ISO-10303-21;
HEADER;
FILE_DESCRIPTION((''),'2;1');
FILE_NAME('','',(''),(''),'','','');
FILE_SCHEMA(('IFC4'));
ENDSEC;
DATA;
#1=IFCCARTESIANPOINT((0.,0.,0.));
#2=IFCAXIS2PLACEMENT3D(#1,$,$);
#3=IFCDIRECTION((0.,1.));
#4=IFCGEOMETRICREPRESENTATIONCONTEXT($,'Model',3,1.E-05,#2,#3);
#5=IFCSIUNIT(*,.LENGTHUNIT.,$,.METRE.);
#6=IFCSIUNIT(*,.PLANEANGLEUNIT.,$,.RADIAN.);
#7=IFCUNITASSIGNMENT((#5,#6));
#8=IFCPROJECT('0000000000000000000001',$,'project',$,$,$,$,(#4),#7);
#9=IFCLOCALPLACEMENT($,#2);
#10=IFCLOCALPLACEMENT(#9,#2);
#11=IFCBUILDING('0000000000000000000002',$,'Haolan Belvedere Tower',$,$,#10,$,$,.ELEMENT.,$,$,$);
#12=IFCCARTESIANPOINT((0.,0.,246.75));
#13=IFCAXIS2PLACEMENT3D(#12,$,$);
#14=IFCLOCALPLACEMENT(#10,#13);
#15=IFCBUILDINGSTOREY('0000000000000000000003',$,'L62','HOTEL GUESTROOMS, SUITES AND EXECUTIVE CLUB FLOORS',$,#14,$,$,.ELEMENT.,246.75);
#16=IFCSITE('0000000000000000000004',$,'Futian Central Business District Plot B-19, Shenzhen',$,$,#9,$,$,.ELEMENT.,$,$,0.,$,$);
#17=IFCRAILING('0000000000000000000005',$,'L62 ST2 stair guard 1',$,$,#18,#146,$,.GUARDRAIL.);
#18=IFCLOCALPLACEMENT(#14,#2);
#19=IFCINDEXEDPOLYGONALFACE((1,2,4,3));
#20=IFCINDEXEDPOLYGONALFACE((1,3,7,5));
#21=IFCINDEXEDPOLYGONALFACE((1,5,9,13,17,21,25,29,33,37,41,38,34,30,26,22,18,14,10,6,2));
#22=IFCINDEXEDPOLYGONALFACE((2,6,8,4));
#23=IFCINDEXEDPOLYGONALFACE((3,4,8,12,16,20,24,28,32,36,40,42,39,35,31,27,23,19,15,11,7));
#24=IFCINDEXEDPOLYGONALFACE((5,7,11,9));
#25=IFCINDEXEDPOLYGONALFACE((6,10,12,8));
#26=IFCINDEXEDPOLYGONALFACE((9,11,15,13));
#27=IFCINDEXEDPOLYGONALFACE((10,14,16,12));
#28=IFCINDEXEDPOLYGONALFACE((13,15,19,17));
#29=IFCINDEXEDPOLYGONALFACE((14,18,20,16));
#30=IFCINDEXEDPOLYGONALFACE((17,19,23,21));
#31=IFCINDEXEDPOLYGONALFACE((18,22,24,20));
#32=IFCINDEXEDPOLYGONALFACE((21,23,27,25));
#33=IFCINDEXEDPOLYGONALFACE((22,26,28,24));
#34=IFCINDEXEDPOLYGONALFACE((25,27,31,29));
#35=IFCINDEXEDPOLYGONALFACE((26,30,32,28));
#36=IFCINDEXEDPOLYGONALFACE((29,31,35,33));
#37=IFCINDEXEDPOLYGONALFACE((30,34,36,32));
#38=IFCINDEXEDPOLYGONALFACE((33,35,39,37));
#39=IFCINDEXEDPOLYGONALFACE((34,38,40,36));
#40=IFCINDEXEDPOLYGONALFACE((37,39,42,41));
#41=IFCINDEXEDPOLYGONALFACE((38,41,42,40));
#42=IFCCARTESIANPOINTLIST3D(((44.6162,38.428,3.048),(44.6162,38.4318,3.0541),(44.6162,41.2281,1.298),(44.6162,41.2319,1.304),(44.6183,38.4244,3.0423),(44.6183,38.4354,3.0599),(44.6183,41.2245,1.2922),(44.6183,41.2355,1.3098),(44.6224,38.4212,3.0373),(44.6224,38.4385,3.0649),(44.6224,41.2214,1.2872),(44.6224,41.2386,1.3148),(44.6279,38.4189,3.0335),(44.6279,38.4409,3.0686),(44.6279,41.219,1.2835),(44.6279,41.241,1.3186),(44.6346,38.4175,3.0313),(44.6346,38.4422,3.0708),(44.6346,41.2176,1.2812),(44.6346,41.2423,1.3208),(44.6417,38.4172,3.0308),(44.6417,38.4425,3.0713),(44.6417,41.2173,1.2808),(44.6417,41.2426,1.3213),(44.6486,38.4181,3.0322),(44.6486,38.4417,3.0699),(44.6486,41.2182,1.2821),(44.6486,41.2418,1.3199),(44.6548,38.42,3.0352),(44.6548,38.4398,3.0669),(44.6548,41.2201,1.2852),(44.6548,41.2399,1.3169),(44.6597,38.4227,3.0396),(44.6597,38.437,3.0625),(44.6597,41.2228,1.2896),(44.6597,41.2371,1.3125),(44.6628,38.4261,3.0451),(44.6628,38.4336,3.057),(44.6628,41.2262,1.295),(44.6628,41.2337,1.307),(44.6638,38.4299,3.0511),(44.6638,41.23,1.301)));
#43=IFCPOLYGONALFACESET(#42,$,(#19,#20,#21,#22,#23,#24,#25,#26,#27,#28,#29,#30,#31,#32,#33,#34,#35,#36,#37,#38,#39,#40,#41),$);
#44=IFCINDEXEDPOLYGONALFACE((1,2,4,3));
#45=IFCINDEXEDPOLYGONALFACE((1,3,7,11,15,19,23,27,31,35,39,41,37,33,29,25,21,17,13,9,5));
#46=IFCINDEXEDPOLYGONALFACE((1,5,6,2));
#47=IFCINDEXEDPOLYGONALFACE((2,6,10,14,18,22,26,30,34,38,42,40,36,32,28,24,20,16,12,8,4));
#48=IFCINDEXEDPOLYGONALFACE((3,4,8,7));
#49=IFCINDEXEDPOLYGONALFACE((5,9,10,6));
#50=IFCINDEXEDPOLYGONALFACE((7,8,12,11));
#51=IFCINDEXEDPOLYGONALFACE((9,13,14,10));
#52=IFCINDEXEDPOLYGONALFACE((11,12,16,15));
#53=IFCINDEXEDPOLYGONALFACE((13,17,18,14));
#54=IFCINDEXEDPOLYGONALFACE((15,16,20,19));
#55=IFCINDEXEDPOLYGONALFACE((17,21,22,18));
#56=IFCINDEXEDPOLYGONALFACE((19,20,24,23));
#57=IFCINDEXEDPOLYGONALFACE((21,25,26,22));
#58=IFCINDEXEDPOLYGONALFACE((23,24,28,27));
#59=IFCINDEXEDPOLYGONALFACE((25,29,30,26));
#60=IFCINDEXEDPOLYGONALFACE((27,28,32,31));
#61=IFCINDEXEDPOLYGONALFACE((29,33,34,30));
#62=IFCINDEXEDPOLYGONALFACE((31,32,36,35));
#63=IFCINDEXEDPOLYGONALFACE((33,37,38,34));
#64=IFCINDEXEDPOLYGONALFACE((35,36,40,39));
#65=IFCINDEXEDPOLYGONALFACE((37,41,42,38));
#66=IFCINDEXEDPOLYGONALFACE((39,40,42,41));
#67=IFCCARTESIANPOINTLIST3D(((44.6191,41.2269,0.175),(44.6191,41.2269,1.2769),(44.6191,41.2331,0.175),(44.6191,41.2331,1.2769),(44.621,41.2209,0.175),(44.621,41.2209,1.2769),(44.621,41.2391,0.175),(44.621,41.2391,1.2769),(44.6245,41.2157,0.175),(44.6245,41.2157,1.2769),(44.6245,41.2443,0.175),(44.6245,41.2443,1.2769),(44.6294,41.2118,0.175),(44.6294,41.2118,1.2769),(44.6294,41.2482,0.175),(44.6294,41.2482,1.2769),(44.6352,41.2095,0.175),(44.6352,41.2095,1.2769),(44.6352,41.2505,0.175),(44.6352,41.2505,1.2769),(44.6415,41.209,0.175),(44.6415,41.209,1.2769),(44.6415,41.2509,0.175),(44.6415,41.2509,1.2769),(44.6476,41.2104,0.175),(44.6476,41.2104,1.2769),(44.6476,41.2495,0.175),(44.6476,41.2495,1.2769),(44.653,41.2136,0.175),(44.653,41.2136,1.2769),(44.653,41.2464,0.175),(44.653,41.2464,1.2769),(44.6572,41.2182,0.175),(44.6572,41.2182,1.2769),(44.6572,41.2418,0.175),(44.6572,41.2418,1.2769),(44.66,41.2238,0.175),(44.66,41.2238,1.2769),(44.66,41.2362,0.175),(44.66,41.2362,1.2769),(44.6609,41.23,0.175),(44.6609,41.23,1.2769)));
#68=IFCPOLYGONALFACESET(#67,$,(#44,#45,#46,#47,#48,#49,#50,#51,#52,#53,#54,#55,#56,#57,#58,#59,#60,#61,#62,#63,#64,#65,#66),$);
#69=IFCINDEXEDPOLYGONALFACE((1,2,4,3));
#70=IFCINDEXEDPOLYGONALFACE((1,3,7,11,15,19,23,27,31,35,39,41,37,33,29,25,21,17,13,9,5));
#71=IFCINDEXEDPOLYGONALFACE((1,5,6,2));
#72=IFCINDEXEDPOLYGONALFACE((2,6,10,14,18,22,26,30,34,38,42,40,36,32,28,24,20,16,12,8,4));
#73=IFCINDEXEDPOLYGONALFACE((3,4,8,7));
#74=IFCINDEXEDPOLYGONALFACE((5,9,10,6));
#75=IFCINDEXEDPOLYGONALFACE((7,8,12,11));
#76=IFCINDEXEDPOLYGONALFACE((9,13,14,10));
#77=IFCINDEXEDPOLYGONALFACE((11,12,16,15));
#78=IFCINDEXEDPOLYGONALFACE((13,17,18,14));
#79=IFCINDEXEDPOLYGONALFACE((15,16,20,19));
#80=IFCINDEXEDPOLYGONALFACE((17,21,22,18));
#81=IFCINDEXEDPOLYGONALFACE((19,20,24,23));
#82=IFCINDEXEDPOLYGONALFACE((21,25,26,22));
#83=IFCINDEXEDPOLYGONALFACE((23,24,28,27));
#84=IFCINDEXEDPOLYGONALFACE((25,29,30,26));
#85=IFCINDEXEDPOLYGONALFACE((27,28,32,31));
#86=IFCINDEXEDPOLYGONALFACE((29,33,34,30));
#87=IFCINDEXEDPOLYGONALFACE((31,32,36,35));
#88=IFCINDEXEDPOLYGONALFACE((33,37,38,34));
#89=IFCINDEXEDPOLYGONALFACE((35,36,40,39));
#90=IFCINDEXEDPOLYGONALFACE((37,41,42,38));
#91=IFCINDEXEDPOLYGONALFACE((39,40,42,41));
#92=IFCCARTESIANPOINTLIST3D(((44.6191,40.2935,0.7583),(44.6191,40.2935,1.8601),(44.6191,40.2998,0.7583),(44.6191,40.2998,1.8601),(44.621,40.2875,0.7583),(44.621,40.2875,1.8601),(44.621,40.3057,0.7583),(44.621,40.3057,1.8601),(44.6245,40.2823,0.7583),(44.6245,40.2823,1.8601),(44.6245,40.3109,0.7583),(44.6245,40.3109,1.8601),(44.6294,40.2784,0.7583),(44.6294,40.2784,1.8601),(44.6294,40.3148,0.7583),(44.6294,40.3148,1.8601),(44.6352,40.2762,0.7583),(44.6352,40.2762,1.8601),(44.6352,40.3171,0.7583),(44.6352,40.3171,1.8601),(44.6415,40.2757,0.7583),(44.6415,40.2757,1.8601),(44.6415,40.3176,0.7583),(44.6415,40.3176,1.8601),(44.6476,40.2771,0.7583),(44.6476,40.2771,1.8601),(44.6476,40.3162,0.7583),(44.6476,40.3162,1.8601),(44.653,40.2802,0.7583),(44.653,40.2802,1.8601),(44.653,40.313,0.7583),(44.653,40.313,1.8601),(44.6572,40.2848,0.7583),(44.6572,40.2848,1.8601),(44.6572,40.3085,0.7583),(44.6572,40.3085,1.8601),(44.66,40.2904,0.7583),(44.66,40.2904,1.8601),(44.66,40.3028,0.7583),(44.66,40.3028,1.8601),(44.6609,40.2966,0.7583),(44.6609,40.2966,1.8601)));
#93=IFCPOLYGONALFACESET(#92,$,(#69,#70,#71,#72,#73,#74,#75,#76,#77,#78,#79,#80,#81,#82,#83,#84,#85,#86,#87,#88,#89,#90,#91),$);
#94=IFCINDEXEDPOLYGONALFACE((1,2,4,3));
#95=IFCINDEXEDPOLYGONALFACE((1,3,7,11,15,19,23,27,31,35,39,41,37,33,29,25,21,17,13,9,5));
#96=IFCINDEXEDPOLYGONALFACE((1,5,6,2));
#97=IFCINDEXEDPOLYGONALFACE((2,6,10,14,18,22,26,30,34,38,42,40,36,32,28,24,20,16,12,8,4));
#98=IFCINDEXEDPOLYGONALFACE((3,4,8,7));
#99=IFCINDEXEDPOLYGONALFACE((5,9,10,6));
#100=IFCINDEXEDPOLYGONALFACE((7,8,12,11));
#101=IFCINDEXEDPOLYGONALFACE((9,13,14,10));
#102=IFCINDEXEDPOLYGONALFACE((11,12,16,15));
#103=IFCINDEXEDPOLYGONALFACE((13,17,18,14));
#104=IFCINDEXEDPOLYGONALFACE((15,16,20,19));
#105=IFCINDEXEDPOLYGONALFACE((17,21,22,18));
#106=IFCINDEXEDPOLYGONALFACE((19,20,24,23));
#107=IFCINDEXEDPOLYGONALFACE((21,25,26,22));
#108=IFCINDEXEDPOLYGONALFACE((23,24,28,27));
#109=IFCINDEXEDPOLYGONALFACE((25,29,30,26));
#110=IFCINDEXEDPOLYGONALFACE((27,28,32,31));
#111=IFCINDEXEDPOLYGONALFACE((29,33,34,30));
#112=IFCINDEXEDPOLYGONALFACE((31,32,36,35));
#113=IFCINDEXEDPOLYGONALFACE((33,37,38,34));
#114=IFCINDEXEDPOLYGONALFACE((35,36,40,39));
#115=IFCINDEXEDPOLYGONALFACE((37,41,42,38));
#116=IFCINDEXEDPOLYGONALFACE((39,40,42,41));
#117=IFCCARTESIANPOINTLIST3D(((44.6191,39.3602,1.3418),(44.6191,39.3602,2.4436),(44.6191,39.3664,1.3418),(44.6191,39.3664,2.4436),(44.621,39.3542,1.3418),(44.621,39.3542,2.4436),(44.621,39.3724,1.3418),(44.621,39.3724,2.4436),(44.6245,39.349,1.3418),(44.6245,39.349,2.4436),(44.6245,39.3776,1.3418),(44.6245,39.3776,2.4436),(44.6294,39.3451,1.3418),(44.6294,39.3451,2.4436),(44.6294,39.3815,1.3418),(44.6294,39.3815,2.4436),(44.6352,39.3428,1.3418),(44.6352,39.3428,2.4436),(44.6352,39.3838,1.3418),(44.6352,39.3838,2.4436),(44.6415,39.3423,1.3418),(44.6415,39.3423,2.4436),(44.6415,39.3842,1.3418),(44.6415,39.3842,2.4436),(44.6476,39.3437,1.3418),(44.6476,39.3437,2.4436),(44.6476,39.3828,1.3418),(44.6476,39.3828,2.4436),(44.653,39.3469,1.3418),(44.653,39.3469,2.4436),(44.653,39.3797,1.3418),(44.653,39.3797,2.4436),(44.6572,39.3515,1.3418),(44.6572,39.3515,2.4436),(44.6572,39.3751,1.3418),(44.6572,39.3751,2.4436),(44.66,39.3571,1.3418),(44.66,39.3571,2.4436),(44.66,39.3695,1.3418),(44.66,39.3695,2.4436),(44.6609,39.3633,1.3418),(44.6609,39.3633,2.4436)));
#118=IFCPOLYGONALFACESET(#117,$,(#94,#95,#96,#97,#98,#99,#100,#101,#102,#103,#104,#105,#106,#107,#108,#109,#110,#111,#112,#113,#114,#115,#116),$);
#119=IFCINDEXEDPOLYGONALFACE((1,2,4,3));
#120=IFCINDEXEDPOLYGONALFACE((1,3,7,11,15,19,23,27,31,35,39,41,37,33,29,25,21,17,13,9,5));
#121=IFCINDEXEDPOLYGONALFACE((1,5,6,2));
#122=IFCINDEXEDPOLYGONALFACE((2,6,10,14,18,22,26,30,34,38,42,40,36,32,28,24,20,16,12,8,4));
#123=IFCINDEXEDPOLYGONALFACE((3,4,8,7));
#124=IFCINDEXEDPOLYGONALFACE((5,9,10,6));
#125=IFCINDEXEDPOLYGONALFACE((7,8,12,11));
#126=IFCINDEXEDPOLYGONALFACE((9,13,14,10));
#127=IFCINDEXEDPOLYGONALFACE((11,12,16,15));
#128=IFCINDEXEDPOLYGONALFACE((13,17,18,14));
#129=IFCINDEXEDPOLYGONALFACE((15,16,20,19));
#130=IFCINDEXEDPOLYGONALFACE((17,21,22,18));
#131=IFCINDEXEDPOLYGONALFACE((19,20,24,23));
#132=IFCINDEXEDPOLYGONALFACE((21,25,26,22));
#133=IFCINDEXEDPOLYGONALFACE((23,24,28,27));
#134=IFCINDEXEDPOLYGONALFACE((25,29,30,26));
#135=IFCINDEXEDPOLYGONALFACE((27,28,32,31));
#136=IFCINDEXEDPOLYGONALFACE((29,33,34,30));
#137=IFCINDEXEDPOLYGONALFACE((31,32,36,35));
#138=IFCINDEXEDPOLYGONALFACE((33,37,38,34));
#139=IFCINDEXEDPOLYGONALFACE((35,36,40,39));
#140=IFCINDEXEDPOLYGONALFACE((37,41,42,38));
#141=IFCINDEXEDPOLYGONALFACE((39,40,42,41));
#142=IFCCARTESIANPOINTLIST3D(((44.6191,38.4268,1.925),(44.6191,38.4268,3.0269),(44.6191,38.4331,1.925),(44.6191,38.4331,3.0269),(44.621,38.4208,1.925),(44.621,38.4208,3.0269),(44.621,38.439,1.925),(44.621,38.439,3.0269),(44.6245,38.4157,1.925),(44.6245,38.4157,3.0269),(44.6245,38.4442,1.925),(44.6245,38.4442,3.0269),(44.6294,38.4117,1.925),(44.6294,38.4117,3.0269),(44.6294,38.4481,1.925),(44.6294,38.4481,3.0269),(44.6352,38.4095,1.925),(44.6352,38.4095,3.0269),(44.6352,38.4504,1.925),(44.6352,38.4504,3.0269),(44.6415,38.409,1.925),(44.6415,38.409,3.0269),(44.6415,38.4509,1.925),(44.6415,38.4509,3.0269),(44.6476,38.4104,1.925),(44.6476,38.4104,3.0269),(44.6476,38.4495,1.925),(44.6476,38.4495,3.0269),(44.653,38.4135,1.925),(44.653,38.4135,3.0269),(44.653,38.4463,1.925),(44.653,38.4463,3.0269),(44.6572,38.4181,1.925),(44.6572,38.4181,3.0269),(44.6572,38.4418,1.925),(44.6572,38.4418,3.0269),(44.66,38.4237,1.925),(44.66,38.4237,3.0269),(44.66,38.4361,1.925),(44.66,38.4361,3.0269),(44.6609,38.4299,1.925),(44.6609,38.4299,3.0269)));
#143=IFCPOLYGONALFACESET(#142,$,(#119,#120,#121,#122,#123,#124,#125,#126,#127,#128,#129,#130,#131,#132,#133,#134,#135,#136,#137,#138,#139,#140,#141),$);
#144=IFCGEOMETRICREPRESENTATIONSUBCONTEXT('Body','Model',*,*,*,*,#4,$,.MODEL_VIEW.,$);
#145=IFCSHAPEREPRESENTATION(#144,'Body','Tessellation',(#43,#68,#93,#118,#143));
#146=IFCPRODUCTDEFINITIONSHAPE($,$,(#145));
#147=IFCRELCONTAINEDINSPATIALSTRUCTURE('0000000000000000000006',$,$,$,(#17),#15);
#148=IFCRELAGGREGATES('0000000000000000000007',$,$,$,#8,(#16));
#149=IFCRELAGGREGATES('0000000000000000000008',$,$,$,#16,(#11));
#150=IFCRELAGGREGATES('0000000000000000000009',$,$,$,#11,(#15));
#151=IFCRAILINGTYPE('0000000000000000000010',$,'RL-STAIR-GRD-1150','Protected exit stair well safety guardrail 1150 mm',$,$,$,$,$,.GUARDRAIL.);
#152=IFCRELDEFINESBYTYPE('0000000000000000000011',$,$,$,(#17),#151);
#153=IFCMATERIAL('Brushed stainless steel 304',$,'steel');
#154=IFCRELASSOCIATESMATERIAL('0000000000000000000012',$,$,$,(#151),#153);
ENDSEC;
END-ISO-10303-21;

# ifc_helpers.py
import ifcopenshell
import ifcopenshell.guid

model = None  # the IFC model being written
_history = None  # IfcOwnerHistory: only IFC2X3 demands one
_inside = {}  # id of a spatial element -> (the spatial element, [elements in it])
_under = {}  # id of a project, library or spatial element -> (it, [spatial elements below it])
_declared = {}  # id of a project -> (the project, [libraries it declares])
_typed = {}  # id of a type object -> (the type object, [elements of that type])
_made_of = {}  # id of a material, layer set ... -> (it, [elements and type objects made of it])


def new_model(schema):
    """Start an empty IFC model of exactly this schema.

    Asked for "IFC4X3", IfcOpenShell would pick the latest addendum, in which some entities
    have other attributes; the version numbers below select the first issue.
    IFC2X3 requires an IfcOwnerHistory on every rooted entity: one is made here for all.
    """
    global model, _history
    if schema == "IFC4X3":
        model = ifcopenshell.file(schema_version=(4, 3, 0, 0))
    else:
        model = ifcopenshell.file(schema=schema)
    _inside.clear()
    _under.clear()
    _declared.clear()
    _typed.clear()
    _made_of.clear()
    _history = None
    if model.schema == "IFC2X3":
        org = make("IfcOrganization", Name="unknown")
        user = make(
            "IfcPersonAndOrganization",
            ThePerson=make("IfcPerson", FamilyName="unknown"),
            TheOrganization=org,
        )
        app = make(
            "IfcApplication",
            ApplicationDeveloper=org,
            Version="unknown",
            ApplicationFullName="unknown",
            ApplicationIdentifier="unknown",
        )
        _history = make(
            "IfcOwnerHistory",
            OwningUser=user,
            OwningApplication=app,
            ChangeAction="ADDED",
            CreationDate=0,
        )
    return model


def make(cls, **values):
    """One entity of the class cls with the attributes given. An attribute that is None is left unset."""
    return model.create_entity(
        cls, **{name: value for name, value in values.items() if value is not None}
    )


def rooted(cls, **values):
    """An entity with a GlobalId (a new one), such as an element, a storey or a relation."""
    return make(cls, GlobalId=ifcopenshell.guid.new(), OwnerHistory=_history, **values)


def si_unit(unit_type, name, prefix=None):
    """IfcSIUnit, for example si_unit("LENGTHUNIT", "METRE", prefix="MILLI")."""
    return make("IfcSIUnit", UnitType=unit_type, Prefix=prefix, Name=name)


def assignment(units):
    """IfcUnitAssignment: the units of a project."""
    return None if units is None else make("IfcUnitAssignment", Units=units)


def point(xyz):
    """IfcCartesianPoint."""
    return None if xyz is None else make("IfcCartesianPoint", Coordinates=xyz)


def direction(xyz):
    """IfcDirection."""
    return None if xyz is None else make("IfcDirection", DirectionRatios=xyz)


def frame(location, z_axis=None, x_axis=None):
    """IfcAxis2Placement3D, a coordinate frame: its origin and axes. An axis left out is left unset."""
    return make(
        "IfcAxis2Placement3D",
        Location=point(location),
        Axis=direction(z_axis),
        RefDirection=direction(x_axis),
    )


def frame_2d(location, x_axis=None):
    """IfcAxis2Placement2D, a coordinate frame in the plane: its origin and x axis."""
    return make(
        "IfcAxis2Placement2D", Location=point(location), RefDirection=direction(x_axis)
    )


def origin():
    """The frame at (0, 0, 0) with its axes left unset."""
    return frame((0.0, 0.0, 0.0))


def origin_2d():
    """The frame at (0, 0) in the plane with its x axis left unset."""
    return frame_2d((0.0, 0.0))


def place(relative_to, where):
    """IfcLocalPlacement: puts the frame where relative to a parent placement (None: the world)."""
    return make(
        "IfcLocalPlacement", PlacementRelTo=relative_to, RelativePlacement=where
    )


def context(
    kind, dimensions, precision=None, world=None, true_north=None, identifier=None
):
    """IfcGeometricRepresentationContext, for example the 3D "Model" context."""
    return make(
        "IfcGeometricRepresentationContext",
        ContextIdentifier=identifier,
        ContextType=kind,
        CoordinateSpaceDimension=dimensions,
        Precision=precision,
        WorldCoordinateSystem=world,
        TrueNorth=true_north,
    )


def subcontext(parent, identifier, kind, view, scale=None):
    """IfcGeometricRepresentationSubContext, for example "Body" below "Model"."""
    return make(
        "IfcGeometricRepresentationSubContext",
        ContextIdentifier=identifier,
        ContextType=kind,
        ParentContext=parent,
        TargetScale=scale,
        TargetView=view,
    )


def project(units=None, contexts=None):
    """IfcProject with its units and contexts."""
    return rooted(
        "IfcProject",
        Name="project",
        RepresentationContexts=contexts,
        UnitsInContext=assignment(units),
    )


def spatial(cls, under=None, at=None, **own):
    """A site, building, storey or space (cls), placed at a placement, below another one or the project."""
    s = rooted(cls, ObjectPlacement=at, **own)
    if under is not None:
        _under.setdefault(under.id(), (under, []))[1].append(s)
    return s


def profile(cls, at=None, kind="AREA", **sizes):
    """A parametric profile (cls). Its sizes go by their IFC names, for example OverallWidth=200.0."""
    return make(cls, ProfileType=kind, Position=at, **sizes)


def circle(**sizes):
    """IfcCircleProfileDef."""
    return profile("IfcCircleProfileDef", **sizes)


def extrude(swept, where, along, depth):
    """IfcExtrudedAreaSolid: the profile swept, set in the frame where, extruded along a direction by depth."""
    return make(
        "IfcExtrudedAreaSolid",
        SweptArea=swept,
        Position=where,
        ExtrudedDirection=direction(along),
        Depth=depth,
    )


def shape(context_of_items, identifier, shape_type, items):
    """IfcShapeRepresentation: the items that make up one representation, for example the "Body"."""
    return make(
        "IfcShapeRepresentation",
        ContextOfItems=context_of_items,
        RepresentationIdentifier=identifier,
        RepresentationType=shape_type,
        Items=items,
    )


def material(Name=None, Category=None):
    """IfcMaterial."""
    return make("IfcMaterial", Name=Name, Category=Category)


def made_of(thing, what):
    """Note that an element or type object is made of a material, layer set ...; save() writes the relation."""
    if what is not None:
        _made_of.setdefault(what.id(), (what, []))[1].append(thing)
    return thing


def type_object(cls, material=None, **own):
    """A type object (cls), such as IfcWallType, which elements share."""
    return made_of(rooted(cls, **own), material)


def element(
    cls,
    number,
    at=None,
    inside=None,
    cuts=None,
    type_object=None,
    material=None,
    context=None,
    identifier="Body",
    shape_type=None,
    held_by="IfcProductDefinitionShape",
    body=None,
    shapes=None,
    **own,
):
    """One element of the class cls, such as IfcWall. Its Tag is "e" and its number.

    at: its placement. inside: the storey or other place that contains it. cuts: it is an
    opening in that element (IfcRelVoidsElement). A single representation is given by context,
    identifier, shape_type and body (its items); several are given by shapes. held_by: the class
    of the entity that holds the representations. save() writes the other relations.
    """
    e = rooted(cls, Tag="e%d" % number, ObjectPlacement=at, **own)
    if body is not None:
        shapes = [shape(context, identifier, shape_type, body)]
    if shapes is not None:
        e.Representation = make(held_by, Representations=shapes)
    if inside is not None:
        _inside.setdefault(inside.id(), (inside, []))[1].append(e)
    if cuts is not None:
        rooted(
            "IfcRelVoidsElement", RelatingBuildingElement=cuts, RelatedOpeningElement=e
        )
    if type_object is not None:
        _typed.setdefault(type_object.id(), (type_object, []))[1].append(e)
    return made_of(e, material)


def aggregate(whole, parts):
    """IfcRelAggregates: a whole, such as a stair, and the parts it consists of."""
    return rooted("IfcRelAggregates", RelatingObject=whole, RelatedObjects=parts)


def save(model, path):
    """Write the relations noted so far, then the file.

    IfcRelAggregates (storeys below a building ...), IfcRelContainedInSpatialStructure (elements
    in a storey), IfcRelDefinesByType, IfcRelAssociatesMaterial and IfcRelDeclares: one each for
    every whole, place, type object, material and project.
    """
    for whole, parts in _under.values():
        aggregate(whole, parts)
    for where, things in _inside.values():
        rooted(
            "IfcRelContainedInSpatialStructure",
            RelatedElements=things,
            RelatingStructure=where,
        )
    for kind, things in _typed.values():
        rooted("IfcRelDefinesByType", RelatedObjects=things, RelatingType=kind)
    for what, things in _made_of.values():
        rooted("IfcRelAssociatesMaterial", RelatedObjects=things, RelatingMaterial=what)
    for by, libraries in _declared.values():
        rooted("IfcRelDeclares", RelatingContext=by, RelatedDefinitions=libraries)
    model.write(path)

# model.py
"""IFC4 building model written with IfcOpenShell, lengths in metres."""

from ifc_helpers import new_model, si_unit, direction, frame, origin, origin_2d, place, context, subcontext, project, spatial, circle, extrude, material, type_object, element, save


model = new_model("IFC4")

# Units and contexts
model_context = context("Model", 3, precision=1e-05, world=origin(), true_north=direction((0.0, 1.0)))
body_context = subcontext(model_context, "Body", "Model", "MODEL_VIEW")
ifc_project = project(units=[si_unit("LENGTHUNIT", "METRE"), si_unit("PLANEANGLEUNIT", "RADIAN")], contexts=[model_context])

# Site, building, storey
site_placement = place(None, origin())
site = spatial("IfcSite", under=ifc_project, at=site_placement, Name="Futian Central Business District Plot B-19, Shenzhen", CompositionType="ELEMENT", RefElevation=0.0)
building_placement = place(site_placement, origin())
building = spatial("IfcBuilding", under=site, at=building_placement, Name="Haolan Belvedere Tower", CompositionType="ELEMENT")
storey_placement = place(building_placement, frame((0.0, 0.0, 246.75)))
storey = spatial("IfcBuildingStorey", under=building, at=storey_placement, Name="L62", Description="HOTEL GUESTROOMS, SUITES AND EXECUTIVE CLUB FLOORS", CompositionType="ELEMENT", Elevation=246.75)

# Railing
ifc_material_1 = material(Name="Brushed stainless steel 304", Category="steel")
railing_type_1 = type_object("IfcRailingType", Name="RL-STAIR-GRD-1150", Description="Protected exit stair well safety guardrail 1150 mm", PredefinedType="GUARDRAIL", material=ifc_material_1)
railing_1_placement = place(storey_placement, frame((44.6399, 41.23, 0.175)))
element("IfcRailing", 1, at=railing_1_placement, inside=storey, type_object=railing_type_1, Name="L62 ST2 stair guard 1", PredefinedType="GUARDRAIL", context=body_context, shape_type="SweptSolid", body=[
    extrude(circle(Radius=0.0239, at=origin_2d()), frame((0.0, 0.0, 1.126), z_axis=(0.0, -0.848002, 0.529992), x_axis=(1.0, 0.0, 0.0)), (0.0, 0.0, 1.0), 3.302),
    extrude(circle(Radius=0.021, at=origin_2d()), origin(), (0.0, 0.0, 1.0), 1.1018),
    extrude(circle(Radius=0.021, at=origin_2d()), frame((0.0, -0.9333, 0.5833)), (0.0, 0.0, 1.0), 1.1018),
    extrude(circle(Radius=0.021, at=origin_2d()), frame((0.0, -1.8667, 1.1667)), (0.0, 0.0, 1.0), 1.1018),
    extrude(circle(Radius=0.021, at=origin_2d()), frame((0.0, -2.8, 1.75)), (0.0, 0.0, 1.0), 1.1018),
])

save(model, "model.ifc")
